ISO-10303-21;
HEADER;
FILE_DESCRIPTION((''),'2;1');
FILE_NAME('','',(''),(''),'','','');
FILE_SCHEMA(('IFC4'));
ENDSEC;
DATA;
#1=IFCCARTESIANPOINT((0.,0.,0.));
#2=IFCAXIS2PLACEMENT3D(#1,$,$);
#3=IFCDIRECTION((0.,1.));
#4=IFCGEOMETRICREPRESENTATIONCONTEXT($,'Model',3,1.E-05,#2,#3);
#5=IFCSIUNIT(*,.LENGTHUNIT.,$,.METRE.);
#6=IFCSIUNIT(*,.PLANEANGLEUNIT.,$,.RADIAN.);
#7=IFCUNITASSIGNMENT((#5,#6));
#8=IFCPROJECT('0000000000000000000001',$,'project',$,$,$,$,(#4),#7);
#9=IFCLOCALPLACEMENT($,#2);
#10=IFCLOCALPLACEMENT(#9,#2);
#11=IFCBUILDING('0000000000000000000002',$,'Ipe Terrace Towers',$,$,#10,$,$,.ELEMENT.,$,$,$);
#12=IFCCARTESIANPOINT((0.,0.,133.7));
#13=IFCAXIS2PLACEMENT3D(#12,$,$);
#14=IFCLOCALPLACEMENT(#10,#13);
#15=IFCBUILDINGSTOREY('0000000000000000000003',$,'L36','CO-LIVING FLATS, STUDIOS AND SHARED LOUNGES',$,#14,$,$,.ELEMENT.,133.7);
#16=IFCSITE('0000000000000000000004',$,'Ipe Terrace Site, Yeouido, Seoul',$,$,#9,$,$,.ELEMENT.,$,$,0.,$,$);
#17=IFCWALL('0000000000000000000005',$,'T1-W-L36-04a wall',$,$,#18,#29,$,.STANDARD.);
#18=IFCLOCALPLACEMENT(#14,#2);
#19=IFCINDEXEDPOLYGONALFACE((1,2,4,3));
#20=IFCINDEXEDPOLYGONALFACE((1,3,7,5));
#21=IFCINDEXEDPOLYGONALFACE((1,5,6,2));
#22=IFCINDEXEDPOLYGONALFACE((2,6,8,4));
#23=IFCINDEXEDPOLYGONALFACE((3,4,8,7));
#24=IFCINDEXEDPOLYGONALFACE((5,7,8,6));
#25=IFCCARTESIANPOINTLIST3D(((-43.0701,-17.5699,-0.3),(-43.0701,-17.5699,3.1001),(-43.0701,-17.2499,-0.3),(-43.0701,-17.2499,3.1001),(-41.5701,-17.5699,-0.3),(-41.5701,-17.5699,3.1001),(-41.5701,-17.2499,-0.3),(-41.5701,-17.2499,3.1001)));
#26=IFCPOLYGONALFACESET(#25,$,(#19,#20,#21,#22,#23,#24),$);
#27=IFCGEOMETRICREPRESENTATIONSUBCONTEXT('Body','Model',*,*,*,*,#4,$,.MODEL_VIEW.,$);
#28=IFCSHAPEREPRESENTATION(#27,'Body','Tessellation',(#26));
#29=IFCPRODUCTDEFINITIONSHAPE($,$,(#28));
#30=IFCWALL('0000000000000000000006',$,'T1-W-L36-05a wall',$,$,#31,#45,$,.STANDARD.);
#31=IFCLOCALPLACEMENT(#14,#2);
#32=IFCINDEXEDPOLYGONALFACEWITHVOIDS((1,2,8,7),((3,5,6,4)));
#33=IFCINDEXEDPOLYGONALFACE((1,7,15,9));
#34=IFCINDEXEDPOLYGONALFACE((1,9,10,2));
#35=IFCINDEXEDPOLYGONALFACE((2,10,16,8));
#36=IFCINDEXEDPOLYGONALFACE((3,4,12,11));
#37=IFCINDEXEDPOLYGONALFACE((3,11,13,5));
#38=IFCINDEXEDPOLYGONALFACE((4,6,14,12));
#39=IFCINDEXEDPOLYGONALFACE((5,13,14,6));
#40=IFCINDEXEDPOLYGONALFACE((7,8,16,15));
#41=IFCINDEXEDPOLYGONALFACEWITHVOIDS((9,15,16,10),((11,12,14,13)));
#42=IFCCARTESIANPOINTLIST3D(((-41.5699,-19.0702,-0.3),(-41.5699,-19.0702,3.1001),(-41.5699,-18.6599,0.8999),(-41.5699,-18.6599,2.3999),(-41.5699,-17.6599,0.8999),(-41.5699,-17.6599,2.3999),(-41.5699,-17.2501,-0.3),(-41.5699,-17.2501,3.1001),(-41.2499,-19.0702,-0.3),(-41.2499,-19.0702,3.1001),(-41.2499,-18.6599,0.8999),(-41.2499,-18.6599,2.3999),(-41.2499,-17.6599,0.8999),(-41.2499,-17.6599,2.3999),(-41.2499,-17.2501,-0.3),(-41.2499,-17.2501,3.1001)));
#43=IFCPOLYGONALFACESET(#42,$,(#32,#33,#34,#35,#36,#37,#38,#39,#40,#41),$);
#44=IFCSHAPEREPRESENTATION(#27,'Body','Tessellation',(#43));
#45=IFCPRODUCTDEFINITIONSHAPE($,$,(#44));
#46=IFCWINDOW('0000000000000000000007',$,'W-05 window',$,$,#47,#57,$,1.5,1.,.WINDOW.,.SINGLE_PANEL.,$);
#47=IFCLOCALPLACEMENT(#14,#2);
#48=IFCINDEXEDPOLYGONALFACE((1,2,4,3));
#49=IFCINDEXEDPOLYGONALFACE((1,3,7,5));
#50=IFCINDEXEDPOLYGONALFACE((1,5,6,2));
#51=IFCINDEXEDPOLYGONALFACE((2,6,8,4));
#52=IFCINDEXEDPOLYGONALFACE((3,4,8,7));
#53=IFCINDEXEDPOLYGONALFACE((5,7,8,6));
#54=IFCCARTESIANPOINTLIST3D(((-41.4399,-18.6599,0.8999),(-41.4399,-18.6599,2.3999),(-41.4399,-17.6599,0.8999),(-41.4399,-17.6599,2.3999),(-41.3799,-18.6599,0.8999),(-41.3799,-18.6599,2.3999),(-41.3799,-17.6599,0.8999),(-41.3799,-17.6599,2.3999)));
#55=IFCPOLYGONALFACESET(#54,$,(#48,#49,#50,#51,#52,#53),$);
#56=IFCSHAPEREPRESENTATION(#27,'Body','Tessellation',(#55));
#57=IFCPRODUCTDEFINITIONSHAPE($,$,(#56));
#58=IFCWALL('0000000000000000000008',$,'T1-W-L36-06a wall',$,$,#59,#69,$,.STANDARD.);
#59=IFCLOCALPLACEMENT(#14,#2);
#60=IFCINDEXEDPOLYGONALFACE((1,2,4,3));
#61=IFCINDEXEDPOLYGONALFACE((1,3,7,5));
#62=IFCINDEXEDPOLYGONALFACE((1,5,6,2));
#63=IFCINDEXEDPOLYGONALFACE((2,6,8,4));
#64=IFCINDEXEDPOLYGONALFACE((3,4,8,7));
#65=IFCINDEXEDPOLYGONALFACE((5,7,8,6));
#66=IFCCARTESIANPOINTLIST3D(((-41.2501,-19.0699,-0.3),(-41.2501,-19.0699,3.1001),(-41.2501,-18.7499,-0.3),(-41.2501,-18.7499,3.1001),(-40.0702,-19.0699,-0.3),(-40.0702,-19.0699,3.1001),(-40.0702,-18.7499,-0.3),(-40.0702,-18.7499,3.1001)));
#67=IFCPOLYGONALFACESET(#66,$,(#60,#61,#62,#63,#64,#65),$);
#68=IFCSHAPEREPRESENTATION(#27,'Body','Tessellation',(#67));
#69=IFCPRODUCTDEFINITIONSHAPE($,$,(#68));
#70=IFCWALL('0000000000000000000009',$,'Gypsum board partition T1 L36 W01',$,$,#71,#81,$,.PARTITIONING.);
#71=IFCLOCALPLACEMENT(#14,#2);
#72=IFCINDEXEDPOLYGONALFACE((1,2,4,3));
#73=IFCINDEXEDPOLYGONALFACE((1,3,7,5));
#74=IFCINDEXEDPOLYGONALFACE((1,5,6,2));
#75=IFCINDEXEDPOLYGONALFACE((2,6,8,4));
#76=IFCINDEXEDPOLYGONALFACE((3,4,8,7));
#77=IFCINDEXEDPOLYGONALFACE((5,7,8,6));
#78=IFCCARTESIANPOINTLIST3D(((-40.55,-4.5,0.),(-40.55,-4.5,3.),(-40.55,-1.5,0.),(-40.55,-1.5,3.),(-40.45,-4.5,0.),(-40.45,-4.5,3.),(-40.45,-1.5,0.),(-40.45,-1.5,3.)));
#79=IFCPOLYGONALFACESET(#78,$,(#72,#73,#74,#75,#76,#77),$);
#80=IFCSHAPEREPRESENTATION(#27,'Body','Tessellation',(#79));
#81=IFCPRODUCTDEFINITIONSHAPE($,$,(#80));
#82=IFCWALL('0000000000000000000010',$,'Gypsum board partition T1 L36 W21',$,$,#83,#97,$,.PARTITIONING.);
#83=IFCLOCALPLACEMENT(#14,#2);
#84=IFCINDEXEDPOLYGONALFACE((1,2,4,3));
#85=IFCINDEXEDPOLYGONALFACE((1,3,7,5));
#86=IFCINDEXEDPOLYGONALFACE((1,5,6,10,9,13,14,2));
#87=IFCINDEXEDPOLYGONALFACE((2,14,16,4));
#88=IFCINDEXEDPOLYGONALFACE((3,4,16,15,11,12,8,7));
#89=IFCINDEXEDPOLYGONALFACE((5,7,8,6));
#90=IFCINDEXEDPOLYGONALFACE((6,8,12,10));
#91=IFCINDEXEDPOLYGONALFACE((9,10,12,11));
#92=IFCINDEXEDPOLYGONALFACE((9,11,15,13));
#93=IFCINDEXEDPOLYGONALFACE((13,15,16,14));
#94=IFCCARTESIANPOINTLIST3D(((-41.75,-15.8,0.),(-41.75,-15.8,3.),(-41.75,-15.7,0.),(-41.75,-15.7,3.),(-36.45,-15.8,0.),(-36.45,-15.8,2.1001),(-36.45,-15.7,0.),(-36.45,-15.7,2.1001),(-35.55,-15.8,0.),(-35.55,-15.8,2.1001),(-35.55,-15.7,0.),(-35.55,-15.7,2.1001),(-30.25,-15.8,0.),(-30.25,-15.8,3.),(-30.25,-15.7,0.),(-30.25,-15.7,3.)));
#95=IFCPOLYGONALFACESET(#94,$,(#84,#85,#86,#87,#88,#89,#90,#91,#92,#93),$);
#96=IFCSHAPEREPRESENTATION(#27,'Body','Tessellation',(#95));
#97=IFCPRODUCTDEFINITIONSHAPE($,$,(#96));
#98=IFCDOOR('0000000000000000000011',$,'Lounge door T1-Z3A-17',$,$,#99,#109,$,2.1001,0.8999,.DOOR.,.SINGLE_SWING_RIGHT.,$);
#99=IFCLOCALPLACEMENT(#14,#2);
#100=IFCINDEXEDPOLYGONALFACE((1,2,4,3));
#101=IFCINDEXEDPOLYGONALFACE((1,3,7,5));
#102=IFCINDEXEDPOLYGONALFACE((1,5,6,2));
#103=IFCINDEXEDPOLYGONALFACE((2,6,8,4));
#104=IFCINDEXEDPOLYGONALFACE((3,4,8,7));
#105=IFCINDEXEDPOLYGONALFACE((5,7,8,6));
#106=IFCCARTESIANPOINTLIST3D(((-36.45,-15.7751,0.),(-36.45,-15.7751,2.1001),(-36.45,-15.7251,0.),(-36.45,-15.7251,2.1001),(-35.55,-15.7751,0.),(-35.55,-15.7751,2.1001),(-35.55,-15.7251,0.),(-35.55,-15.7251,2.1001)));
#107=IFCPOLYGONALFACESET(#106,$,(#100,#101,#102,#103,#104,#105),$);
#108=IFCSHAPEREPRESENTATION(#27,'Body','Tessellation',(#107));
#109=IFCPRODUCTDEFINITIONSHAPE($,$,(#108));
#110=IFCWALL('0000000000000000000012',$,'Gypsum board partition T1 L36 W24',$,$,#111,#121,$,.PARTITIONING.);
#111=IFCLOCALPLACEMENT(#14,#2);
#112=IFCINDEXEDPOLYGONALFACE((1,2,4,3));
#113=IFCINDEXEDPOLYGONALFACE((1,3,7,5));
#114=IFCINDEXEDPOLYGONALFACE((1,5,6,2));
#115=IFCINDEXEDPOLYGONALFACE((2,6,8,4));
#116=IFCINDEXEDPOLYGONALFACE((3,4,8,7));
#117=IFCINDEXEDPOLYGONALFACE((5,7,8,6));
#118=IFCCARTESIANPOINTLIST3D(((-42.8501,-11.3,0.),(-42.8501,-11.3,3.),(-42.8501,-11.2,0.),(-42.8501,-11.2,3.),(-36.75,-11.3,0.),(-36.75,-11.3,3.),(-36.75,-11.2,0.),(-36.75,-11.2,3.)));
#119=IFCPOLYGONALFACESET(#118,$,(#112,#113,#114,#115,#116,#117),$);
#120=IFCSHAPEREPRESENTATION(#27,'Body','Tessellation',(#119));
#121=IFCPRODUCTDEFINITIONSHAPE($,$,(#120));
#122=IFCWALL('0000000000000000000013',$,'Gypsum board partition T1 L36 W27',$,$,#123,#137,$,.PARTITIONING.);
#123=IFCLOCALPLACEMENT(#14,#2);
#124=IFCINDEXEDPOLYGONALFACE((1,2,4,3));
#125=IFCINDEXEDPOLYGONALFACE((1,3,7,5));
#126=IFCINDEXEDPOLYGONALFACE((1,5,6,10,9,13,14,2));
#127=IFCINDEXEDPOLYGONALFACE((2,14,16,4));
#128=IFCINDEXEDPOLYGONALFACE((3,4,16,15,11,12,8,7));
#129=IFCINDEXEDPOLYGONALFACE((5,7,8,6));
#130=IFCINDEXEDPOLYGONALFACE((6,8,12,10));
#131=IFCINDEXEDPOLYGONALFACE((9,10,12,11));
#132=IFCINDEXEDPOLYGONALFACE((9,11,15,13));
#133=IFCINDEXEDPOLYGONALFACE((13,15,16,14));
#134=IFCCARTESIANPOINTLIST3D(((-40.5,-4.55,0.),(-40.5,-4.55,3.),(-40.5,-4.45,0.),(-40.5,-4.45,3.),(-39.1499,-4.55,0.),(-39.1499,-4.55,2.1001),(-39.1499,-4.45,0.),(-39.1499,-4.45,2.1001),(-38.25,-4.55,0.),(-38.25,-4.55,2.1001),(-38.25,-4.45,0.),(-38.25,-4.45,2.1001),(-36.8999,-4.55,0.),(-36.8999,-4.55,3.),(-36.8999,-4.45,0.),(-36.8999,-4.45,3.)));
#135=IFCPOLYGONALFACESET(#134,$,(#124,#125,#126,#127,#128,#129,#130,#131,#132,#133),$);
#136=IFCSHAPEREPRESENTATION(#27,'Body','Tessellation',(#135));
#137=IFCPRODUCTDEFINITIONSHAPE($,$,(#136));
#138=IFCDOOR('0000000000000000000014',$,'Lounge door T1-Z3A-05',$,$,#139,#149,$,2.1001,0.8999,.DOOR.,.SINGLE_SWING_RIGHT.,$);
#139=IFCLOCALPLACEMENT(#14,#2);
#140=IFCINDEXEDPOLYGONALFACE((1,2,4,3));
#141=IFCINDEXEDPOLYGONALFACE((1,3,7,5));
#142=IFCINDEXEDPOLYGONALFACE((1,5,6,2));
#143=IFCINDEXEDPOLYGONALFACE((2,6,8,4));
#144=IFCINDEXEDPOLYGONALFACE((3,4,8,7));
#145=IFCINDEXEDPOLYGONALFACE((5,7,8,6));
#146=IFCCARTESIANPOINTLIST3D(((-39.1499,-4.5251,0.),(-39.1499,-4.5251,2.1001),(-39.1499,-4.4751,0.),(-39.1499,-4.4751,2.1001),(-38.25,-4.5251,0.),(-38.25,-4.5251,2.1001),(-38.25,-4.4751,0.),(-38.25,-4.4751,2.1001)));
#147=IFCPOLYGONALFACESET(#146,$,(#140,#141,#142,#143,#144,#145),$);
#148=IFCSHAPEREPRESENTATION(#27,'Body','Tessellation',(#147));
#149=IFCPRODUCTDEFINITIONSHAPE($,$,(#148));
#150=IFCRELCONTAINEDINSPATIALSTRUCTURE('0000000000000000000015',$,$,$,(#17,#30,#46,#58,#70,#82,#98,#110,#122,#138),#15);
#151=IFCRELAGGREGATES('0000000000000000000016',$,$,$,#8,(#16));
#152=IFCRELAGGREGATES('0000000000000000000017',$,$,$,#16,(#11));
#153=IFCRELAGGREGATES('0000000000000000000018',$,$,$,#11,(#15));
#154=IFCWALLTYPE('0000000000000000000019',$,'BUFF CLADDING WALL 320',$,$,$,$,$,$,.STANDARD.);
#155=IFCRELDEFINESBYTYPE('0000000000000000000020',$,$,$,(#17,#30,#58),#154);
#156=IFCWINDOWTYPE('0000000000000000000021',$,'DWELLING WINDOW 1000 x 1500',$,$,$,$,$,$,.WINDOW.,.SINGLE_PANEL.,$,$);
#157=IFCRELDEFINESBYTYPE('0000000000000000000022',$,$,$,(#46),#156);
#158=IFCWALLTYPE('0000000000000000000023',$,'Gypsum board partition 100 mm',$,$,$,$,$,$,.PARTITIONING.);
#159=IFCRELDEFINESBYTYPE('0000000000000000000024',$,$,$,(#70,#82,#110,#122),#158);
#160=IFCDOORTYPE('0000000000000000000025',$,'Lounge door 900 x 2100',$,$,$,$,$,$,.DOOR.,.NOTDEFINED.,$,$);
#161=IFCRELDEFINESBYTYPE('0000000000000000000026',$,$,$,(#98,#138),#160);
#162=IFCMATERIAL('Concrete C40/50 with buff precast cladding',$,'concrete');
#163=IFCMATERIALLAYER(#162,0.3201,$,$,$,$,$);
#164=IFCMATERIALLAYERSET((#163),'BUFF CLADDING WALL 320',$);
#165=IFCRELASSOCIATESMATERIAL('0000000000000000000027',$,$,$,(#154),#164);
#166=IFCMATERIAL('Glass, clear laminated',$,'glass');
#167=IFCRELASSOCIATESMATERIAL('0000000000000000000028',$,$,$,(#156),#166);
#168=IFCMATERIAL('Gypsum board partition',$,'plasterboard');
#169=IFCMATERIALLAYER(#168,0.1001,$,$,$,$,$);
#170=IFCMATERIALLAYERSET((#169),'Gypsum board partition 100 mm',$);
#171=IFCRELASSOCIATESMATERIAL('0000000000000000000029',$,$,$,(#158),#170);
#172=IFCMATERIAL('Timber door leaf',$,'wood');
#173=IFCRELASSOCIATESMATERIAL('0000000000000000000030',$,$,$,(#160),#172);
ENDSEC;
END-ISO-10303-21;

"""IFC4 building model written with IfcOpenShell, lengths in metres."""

from ifc_helpers import new_model, si_unit, direction, frame, frame_2d, origin, place, context, subcontext, project, spatial, rectangle, extrude, material, layer, layer_set, type_object, element, fill, save


model = new_model("IFC4")

# Units and contexts
model_context = context("Model", 3, precision=1e-05, world=origin(), true_north=direction((0.0, 1.0)))
body_context = subcontext(model_context, "Body", "Model", "MODEL_VIEW")
ifc_project = project(units=[si_unit("LENGTHUNIT", "METRE"), si_unit("PLANEANGLEUNIT", "RADIAN")], contexts=[model_context])

# Site, building, storey
site_placement = place(None, origin())
site = spatial("IfcSite", under=ifc_project, at=site_placement, Name="Ipe Terrace Site, Yeouido, Seoul", CompositionType="ELEMENT", RefElevation=0.0)
building_placement = place(site_placement, origin())
building = spatial("IfcBuilding", under=site, at=building_placement, Name="Ipe Terrace Towers", CompositionType="ELEMENT")
storey_placement = place(building_placement, frame((0.0, 0.0, 133.7)))
storey = spatial("IfcBuildingStorey", under=building, at=storey_placement, Name="L36", Description="CO-LIVING FLATS, STUDIOS AND SHARED LOUNGES", CompositionType="ELEMENT", Elevation=133.7)

# Wall
ifc_material_1 = material(Name="Concrete C40/50 with buff precast cladding", Category="concrete")
ifc_layer_1 = layer(ifc_material_1, 0.3201)
ifc_layer_set_1 = layer_set([ifc_layer_1], Name="BUFF CLADDING WALL 320")
wall_type_1 = type_object("IfcWallType", Name="BUFF CLADDING WALL 320", PredefinedType="STANDARD", material=ifc_layer_set_1)
wall_1_placement = place(storey_placement, frame((-43.0701, -17.4099, -0.3), z_axis=(0.0, 0.0, 1.0), x_axis=(1.0, 0.0, 0.0)))
element("IfcWall", 1, at=wall_1_placement, inside=storey, type_object=wall_type_1, Name="T1-W-L36-04a wall", PredefinedType="STANDARD", context=body_context, shape_type="SweptSolid", body=[
    extrude(rectangle(XDim=1.5, YDim=0.3201, at=frame_2d((0.75, 0.0))), origin(), (0.0, 0.0, 1.0), 3.4001),
])

# Wall, opening, window
wall_2_placement = place(storey_placement, frame((-41.4099, -17.25, -0.3), z_axis=(0.0, 0.0, 1.0), x_axis=(0.0, -1.0, 0.0)))
wall_2 = element("IfcWall", 2, at=wall_2_placement, inside=storey, type_object=wall_type_1, Name="T1-W-L36-05a wall", PredefinedType="STANDARD", context=body_context, shape_type="SweptSolid", body=[
    extrude(rectangle(XDim=1.8201, YDim=0.3201, at=frame_2d((0.9102, 0.0))), origin(), (0.0, 0.0, 1.0), 3.4001),
])
opening_1_placement = place(wall_2_placement, frame((0.4099, 0.0, 1.2)))
opening_1 = element("IfcOpeningElement", 3, at=opening_1_placement, cuts=wall_2, PredefinedType="OPENING", context=body_context, shape_type="SweptSolid", body=[
    extrude(rectangle(XDim=1.0, YDim=1.5, at=frame_2d((0.5, 0.75))), frame((0.0, 0.1699, 0.0), z_axis=(0.0, -1.0, 0.0), x_axis=(1.0, 0.0, 0.0)), (0.0, 0.0, 1.0), 0.3401),
])
ifc_material_2 = material(Name="Glass, clear laminated", Category="glass")
window_type = type_object("IfcWindowType", Name="DWELLING WINDOW 1000 x 1500", PartitioningType="SINGLE_PANEL", PredefinedType="WINDOW", material=ifc_material_2)
window_placement = place(opening_1_placement, origin())
window = element("IfcWindow", 4, at=window_placement, inside=storey, type_object=window_type, Name="W-05 window", OverallHeight=1.5, OverallWidth=1.0, PartitioningType="SINGLE_PANEL", PredefinedType="WINDOW", context=body_context, shape_type="SweptSolid", body=[
    extrude(rectangle(XDim=1.0, YDim=1.5, at=frame_2d((0.5, 0.75))), frame((0.0, 0.03, 0.0), z_axis=(0.0, -1.0, 0.0), x_axis=(1.0, 0.0, 0.0)), (0.0, 0.0, 1.0), 0.0601),
])
fill(opening_1, window)

# Walls
wall_3_placement = place(storey_placement, frame((-41.25, -18.9099, -0.3), z_axis=(0.0, 0.0, 1.0), x_axis=(1.0, 0.0, 0.0)))
element("IfcWall", 5, at=wall_3_placement, inside=storey, type_object=wall_type_1, Name="T1-W-L36-06a wall", PredefinedType="STANDARD", context=body_context, shape_type="SweptSolid", body=[
    extrude(rectangle(XDim=1.1799, YDim=0.3201, at=frame_2d((0.5898, 0.0))), origin(), (0.0, 0.0, 1.0), 3.4001),
])
ifc_material_3 = material(Name="Gypsum board partition", Category="plasterboard")
ifc_layer_2 = layer(ifc_material_3, 0.1001)
ifc_layer_set_2 = layer_set([ifc_layer_2], Name="Gypsum board partition 100 mm")
wall_type_2 = type_object("IfcWallType", Name="Gypsum board partition 100 mm", PredefinedType="PARTITIONING", material=ifc_layer_set_2)
wall_4_placement = place(storey_placement, frame((-40.5, -4.5, 0.0), z_axis=(0.0, 0.0, 1.0), x_axis=(0.0, 1.0, 0.0)))
element("IfcWall", 6, at=wall_4_placement, inside=storey, type_object=wall_type_2, Name="Gypsum board partition T1 L36 W01", PredefinedType="PARTITIONING", context=body_context, shape_type="SweptSolid", body=[
    extrude(rectangle(XDim=3.0, YDim=0.1001, at=frame_2d((1.5, 0.0))), origin(), (0.0, 0.0, 1.0), 3.0),
])

# Wall, opening, door
wall_5_placement = place(storey_placement, frame((-41.75, -15.75, 0.0), z_axis=(0.0, 0.0, 1.0), x_axis=(1.0, 0.0, 0.0)))
wall_5 = element("IfcWall", 7, at=wall_5_placement, inside=storey, type_object=wall_type_2, Name="Gypsum board partition T1 L36 W21", PredefinedType="PARTITIONING", context=body_context, shape_type="SweptSolid", body=[
    extrude(rectangle(XDim=11.5, YDim=0.1001, at=frame_2d((5.75, 0.0))), origin(), (0.0, 0.0, 1.0), 3.0),
])
opening_2_placement = place(wall_5_placement, frame((5.3, 0.0, 0.0)))
opening_2 = element("IfcOpeningElement", 8, at=opening_2_placement, cuts=wall_5, PredefinedType="OPENING", context=body_context, shape_type="SweptSolid", body=[
    extrude(rectangle(XDim=0.8999, YDim=2.1001, at=frame_2d((0.45, 1.05))), frame((0.0, 0.0601, 0.0), z_axis=(0.0, -1.0, 0.0), x_axis=(1.0, 0.0, 0.0)), (0.0, 0.0, 1.0), 0.1201),
])
ifc_material_4 = material(Name="Timber door leaf", Category="wood")
door_type_1 = type_object("IfcDoorType", Name="Lounge door 900 x 2100", OperationType="NOTDEFINED", PredefinedType="DOOR", material=ifc_material_4)
door_1_placement = place(opening_2_placement, origin())
door_1 = element("IfcDoor", 9, at=door_1_placement, inside=storey, type_object=door_type_1, Name="Lounge door T1-Z3A-17", OperationType="SINGLE_SWING_RIGHT", OverallHeight=2.1001, OverallWidth=0.8999, PredefinedType="DOOR", context=body_context, shape_type="SweptSolid", body=[
    extrude(rectangle(XDim=0.8999, YDim=2.1001, at=frame_2d((0.45, 1.05))), frame((0.0, 0.0249, 0.0), z_axis=(0.0, -1.0, 0.0), x_axis=(1.0, 0.0, 0.0)), (0.0, 0.0, 1.0), 0.05),
])
fill(opening_2, door_1)

# Wall
wall_6_placement = place(storey_placement, frame((-42.8501, -11.25, 0.0), z_axis=(0.0, 0.0, 1.0), x_axis=(1.0, 0.0, 0.0)))
element("IfcWall", 10, at=wall_6_placement, inside=storey, type_object=wall_type_2, Name="Gypsum board partition T1 L36 W24", PredefinedType="PARTITIONING", context=body_context, shape_type="SweptSolid", body=[
    extrude(rectangle(XDim=6.1001, YDim=0.1001, at=frame_2d((3.05, 0.0))), origin(), (0.0, 0.0, 1.0), 3.0),
])

# Wall, opening, door
wall_7_placement = place(storey_placement, frame((-40.5, -4.5, 0.0), z_axis=(0.0, 0.0, 1.0), x_axis=(1.0, 0.0, 0.0)))
wall_7 = element("IfcWall", 11, at=wall_7_placement, inside=storey, type_object=wall_type_2, Name="Gypsum board partition T1 L36 W27", PredefinedType="PARTITIONING", context=body_context, shape_type="SweptSolid", body=[
    extrude(rectangle(XDim=3.6001, YDim=0.1001, at=frame_2d((1.8, 0.0))), origin(), (0.0, 0.0, 1.0), 3.0),
])
opening_3_placement = place(wall_7_placement, frame((1.3501, 0.0, 0.0)))
opening_3 = element("IfcOpeningElement", 12, at=opening_3_placement, cuts=wall_7, PredefinedType="OPENING", context=body_context, shape_type="SweptSolid", body=[
    extrude(rectangle(XDim=0.8999, YDim=2.1001, at=frame_2d((0.45, 1.05))), frame((0.0, 0.0601, 0.0), z_axis=(0.0, -1.0, 0.0), x_axis=(1.0, 0.0, 0.0)), (0.0, 0.0, 1.0), 0.1201),
])
door_2_placement = place(opening_3_placement, origin())
door_2 = element("IfcDoor", 13, at=door_2_placement, inside=storey, type_object=door_type_1, Name="Lounge door T1-Z3A-05", OperationType="SINGLE_SWING_RIGHT", OverallHeight=2.1001, OverallWidth=0.8999, PredefinedType="DOOR", context=body_context, shape_type="SweptSolid", body=[
    extrude(rectangle(XDim=0.8999, YDim=2.1001, at=frame_2d((0.45, 1.05))), frame((0.0, 0.0249, 0.0), z_axis=(0.0, -1.0, 0.0), x_axis=(1.0, 0.0, 0.0)), (0.0, 0.0, 1.0), 0.05),
])
fill(opening_3, door_2)

save(model, "model.ifc")
